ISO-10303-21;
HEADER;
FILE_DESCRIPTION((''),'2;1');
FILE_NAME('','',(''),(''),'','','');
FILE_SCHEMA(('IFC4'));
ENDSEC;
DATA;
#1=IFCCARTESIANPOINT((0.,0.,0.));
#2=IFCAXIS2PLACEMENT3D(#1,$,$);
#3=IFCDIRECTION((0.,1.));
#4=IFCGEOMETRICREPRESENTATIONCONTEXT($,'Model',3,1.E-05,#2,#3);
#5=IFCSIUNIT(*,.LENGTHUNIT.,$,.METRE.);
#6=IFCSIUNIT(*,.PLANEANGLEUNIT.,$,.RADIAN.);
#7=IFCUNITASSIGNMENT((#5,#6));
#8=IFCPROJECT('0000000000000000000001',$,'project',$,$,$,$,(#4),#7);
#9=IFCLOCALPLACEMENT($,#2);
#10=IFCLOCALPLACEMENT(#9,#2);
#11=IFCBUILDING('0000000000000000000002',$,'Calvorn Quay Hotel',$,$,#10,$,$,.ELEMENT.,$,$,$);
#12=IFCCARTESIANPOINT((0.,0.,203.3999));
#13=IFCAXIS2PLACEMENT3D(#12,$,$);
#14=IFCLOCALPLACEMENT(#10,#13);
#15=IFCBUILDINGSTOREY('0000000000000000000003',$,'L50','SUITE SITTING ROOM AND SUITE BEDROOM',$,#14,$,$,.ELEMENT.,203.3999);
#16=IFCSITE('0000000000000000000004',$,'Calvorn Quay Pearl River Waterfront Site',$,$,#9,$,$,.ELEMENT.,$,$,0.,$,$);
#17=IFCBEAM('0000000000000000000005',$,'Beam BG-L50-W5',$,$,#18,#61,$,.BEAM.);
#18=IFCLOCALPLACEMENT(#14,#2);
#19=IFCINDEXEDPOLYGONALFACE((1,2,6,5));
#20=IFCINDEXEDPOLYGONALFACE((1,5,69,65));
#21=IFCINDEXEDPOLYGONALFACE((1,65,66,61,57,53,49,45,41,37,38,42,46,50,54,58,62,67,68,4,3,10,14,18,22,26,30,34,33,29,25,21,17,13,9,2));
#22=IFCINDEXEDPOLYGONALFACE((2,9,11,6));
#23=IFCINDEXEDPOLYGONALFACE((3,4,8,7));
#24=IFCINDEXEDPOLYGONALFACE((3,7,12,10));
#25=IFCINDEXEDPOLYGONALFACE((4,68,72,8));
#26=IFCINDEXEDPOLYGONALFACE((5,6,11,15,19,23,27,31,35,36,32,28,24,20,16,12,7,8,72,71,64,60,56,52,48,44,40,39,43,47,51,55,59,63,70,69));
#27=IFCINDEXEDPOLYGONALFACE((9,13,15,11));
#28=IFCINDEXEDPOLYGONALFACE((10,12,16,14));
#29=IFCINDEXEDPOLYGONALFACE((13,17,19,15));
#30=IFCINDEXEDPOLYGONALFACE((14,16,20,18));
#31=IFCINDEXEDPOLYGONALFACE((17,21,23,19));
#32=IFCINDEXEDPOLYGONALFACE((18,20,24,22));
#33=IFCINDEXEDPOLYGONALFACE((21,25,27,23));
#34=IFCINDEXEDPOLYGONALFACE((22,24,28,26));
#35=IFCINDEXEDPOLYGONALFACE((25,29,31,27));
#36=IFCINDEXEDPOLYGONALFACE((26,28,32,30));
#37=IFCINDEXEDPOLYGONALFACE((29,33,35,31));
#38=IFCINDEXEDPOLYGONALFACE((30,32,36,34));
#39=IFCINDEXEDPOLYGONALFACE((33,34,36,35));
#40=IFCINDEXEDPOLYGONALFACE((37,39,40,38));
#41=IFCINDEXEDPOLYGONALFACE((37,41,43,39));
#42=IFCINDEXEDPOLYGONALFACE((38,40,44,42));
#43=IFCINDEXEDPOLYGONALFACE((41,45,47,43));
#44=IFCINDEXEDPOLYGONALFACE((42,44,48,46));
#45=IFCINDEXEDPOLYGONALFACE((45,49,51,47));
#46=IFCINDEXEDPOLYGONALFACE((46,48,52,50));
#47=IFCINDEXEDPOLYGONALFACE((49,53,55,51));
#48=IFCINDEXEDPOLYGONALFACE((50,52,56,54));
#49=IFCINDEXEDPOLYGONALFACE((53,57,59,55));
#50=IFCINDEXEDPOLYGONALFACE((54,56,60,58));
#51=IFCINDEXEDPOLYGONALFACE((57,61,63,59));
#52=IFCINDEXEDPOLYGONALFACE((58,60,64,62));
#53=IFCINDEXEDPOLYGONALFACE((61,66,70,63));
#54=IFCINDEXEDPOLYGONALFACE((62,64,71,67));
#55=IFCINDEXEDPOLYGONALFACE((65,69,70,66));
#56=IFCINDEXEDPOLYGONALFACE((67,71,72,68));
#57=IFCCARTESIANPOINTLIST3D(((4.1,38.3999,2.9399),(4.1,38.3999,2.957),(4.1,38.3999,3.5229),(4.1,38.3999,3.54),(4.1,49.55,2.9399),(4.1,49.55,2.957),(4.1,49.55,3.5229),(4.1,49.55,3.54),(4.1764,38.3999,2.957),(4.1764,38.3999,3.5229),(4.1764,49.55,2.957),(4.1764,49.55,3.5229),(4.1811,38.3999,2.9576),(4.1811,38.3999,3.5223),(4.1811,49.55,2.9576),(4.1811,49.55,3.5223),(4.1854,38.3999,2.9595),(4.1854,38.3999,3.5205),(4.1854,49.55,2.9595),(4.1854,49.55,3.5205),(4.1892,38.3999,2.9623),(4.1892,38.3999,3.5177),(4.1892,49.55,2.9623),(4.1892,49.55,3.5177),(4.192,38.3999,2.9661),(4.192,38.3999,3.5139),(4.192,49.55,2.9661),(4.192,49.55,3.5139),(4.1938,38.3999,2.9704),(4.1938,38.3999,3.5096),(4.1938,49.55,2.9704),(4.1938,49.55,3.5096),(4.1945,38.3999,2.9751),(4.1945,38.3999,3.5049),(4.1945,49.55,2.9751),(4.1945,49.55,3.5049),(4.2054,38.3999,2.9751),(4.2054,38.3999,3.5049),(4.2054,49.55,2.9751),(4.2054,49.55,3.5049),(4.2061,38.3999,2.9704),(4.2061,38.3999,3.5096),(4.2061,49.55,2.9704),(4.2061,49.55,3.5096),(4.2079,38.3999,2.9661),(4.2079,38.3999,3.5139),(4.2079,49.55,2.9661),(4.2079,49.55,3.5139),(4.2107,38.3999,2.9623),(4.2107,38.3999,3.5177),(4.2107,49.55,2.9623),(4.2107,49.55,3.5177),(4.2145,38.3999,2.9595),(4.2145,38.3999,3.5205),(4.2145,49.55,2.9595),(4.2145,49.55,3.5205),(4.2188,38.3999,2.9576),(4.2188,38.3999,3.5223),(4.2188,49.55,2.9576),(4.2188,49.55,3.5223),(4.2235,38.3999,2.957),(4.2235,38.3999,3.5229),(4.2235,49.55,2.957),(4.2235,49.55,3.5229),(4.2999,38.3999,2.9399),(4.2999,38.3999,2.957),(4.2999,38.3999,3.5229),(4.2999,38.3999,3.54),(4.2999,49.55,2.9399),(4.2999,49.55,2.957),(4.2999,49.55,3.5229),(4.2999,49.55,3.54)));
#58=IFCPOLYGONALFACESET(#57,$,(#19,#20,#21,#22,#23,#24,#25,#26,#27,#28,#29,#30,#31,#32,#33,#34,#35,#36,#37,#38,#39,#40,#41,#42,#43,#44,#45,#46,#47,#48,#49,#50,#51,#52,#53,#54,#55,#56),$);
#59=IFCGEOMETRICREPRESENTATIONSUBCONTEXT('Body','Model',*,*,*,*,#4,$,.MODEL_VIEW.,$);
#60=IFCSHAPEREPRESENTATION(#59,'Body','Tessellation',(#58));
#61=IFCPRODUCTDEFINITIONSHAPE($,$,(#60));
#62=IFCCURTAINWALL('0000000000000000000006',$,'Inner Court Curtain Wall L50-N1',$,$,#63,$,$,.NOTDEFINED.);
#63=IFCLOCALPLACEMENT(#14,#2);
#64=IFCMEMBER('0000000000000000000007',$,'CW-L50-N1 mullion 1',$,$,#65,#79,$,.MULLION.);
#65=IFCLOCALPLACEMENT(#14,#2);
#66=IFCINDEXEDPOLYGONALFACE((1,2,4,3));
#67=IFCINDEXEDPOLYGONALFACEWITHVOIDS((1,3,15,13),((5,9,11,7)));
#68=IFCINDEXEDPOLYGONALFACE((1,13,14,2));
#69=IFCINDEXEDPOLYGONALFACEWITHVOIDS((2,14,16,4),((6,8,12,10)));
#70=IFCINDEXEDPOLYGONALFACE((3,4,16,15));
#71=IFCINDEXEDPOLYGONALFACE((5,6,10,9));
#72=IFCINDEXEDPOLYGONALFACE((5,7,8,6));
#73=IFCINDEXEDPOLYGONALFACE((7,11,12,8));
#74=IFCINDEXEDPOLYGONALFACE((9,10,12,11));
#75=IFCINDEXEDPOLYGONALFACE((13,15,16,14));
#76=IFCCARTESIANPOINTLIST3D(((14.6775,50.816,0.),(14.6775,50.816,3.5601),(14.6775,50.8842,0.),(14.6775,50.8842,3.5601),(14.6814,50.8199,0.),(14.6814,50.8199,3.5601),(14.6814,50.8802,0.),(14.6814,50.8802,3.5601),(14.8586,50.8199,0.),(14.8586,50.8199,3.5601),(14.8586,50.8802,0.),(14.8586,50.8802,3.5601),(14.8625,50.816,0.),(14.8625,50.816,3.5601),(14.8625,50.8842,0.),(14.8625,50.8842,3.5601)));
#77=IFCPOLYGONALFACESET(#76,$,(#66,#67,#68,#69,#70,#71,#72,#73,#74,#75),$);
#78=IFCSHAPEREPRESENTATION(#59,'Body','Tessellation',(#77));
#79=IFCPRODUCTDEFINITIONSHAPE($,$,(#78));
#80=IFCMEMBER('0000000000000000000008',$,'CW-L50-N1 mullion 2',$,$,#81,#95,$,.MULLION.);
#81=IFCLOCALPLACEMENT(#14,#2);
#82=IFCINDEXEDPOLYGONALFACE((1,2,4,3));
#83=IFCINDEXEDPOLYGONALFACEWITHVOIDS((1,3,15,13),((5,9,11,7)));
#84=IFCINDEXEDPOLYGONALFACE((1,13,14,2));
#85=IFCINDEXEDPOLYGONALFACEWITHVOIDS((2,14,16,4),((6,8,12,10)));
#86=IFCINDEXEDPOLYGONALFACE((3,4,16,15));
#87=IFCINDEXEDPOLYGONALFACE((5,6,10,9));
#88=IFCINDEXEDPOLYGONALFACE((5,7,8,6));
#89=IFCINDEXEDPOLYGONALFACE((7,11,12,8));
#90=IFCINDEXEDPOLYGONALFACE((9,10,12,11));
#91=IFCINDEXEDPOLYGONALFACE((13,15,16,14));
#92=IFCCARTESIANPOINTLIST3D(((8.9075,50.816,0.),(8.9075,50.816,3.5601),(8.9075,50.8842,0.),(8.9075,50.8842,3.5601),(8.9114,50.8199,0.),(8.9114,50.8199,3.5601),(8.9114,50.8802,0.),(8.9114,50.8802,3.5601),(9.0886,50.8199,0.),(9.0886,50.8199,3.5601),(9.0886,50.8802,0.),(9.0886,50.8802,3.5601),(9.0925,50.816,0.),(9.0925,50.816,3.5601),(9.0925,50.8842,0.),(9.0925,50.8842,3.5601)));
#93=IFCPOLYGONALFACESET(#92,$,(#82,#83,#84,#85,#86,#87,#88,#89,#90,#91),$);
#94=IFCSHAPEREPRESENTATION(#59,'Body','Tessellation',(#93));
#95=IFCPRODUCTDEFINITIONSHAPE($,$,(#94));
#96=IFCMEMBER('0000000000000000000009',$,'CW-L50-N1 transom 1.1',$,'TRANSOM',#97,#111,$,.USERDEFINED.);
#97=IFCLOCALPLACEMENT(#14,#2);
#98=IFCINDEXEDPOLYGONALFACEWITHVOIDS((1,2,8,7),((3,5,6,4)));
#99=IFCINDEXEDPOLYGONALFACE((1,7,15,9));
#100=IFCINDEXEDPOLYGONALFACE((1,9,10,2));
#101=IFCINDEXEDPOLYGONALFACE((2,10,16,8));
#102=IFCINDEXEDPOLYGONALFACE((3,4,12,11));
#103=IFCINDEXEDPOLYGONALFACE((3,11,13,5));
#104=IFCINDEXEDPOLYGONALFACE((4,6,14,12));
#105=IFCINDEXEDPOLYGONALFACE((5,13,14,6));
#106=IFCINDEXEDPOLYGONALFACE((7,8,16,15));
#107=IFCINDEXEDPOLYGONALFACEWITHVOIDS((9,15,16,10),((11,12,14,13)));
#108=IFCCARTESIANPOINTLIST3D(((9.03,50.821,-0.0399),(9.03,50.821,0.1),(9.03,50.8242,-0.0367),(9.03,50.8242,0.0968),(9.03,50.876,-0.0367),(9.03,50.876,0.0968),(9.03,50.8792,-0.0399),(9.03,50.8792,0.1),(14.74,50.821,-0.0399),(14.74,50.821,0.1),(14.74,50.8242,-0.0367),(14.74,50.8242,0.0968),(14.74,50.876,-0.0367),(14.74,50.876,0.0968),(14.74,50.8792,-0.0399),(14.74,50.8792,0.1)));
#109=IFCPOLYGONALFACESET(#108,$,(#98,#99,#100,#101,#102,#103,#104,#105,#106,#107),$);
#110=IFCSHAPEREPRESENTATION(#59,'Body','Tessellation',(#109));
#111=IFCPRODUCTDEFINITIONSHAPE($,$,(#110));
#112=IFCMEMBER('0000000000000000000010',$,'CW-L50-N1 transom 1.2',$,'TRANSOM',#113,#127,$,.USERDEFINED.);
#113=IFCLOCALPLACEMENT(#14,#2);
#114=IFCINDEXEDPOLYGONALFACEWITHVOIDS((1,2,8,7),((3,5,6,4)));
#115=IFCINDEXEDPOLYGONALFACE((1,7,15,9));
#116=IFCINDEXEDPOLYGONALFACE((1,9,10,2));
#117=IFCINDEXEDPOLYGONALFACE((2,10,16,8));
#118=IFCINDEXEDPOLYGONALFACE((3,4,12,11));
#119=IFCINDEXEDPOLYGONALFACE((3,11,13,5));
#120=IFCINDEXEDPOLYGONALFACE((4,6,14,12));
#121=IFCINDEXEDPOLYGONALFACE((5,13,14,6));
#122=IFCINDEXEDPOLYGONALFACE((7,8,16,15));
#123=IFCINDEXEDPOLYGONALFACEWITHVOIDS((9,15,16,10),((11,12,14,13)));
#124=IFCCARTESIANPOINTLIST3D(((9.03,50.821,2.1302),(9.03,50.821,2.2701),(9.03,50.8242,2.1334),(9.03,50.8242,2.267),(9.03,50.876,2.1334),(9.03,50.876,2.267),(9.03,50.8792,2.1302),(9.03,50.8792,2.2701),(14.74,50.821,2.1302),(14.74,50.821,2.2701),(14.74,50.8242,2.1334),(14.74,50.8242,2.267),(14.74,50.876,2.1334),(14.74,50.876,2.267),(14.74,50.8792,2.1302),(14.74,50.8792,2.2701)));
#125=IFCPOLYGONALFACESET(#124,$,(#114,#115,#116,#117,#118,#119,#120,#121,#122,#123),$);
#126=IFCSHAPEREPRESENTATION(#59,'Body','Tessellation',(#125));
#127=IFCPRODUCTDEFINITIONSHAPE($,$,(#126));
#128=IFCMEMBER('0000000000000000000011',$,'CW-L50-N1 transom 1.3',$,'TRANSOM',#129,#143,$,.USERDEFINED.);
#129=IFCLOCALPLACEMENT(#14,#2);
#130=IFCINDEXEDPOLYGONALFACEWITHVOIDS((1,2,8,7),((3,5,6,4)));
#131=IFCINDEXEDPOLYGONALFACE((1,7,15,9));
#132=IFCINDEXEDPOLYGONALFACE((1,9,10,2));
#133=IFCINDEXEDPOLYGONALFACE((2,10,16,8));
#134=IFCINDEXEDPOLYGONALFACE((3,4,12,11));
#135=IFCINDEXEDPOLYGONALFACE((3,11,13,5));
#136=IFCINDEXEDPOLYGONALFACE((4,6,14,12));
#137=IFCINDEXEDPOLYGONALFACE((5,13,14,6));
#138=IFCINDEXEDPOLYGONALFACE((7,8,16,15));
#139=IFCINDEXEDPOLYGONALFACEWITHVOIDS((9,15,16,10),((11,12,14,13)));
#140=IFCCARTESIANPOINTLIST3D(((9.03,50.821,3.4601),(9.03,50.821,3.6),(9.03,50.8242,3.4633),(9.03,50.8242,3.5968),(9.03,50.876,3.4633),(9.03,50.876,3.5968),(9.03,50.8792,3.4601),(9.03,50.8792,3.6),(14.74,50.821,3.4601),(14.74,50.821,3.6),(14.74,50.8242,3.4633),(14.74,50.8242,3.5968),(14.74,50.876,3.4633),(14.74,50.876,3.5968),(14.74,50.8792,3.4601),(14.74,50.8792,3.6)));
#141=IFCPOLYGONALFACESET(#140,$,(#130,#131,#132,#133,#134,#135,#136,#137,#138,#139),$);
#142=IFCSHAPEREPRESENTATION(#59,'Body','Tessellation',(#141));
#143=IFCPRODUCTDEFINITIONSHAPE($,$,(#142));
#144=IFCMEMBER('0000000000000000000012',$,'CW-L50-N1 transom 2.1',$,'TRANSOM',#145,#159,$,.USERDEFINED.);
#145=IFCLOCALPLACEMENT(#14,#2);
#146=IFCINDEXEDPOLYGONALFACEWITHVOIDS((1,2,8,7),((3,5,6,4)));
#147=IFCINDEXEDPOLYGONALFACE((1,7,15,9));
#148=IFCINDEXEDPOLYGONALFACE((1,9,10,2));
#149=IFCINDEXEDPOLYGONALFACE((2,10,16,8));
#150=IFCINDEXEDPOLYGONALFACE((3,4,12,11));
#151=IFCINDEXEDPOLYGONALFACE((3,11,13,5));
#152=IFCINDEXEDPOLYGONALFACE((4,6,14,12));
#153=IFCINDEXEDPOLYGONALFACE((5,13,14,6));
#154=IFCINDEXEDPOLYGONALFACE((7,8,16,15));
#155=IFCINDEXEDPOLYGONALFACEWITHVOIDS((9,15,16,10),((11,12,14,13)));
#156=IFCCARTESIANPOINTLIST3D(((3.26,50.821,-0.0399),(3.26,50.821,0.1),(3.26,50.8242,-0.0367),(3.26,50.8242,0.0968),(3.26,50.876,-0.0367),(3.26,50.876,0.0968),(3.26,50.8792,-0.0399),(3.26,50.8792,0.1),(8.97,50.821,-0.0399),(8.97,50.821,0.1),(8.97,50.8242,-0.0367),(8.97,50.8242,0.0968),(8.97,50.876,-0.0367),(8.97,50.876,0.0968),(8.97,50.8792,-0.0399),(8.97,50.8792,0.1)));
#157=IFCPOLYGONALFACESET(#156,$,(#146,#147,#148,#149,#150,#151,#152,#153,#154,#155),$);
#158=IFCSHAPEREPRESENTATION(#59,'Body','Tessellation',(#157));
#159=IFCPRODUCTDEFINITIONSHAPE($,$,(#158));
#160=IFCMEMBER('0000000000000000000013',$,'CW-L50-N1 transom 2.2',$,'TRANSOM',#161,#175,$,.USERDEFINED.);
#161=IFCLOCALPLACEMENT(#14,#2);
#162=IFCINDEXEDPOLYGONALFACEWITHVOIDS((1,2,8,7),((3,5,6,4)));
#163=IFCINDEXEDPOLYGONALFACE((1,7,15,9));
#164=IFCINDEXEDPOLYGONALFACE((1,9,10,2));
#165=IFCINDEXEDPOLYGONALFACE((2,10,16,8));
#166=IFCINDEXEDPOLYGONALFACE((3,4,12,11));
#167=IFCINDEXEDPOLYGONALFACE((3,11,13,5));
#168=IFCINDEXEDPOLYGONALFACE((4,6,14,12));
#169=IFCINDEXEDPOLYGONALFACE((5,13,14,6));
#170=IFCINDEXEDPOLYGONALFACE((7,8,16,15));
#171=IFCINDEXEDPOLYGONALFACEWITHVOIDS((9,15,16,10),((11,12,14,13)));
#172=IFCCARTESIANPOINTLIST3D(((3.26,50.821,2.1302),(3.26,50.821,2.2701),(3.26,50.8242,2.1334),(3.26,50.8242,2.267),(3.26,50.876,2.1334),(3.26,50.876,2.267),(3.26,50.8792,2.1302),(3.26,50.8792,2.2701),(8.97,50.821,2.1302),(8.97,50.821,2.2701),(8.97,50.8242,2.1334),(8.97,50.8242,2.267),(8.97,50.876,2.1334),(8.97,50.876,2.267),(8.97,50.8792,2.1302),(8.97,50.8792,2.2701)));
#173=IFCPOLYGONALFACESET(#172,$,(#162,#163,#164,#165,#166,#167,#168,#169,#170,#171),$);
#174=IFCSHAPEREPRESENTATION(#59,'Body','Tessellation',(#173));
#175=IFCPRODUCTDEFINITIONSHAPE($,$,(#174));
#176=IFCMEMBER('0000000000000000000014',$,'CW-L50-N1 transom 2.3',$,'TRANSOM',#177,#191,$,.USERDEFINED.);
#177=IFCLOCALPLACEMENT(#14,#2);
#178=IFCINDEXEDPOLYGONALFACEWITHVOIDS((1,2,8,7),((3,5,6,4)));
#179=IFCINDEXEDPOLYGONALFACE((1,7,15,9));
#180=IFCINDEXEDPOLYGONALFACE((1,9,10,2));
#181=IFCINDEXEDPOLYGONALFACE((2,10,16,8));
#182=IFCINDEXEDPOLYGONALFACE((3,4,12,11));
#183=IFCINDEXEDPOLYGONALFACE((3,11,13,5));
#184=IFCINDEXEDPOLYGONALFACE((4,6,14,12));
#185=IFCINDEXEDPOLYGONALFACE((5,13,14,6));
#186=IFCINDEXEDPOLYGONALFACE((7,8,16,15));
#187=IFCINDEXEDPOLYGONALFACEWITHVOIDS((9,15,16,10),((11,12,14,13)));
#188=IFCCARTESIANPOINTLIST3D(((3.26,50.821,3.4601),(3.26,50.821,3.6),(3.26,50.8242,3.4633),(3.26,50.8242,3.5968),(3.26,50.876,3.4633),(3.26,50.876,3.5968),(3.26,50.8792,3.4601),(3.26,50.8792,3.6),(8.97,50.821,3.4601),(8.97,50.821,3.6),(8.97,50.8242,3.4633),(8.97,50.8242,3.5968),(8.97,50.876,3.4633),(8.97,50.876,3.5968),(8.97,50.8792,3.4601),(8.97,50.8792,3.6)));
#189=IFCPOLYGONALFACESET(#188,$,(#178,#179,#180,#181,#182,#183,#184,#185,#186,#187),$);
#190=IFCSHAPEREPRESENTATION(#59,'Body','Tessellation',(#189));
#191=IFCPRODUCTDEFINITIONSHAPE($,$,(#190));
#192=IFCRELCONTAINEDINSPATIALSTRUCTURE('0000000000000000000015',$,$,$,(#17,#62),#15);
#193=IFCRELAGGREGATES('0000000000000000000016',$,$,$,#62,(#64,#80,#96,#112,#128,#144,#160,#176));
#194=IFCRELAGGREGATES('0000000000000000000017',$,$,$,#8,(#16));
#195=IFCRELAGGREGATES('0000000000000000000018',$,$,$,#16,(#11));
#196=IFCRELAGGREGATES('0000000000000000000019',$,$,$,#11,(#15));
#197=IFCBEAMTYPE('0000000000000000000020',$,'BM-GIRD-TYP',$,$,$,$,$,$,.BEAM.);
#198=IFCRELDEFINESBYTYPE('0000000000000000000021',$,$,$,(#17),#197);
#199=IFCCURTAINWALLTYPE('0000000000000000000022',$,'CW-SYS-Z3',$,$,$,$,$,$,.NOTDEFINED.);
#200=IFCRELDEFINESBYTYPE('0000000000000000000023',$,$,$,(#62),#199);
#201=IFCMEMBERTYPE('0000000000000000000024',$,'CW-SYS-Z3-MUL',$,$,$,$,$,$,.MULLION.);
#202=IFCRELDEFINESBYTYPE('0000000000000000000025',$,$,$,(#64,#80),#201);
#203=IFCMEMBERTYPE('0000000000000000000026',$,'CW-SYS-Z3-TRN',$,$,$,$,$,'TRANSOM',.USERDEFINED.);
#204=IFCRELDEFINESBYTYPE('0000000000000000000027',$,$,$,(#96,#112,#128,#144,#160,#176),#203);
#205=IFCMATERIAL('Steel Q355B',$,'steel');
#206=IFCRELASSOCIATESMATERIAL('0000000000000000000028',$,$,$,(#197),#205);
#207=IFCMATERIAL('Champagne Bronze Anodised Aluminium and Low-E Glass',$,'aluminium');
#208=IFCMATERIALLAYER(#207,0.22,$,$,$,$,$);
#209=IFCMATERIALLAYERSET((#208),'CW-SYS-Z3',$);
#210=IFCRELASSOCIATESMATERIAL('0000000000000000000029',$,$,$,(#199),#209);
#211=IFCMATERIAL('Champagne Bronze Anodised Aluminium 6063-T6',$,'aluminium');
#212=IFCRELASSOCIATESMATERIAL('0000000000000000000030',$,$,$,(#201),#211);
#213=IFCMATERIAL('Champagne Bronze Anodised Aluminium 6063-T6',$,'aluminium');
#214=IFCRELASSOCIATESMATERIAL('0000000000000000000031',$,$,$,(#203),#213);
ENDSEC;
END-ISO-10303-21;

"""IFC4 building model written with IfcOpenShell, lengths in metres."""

from ifc_helpers import new_model, si_unit, direction, frame, origin, origin_2d, place, context, subcontext, project, spatial, hollow_rectangle, i_section, extrude, material, layer, layer_set, material_profile, profile_set, type_object, element, aggregate, save


model = new_model("IFC4")

# Units and contexts
model_context = context("Model", 3, precision=1e-05, world=origin(), true_north=direction((0.0, 1.0)))
body_context = subcontext(model_context, "Body", "Model", "MODEL_VIEW")
ifc_project = project(units=[si_unit("LENGTHUNIT", "METRE"), si_unit("PLANEANGLEUNIT", "RADIAN")], contexts=[model_context])

# Site, building, storey
site_placement = place(None, origin())
site = spatial("IfcSite", under=ifc_project, at=site_placement, Name="Calvorn Quay Pearl River Waterfront Site", CompositionType="ELEMENT", RefElevation=0.0)
building_placement = place(site_placement, origin())
building = spatial("IfcBuilding", under=site, at=building_placement, Name="Calvorn Quay Hotel", CompositionType="ELEMENT")
storey_placement = place(building_placement, frame((0.0, 0.0, 203.3999)))
storey = spatial("IfcBuildingStorey", under=building, at=storey_placement, Name="L50", Description="SUITE SITTING ROOM AND SUITE BEDROOM", CompositionType="ELEMENT", Elevation=203.3999)

# Beam
ifc_material_1 = material(Name="Steel Q355B", Category="steel")
ifc_material_profile_1 = material_profile(ifc_material_1, i_section(OverallWidth=0.2, OverallDepth=0.6001, WebThickness=0.011, FlangeThickness=0.0171, FilletRadius=0.0181, at=origin_2d()), Name="HN600x200x11x17")
ifc_profile_set_1 = profile_set([ifc_material_profile_1], Name="Steel Q355B")
beam_type = type_object("IfcBeamType", Name="BM-GIRD-TYP", PredefinedType="BEAM", material=ifc_profile_set_1)
beam_placement = place(storey_placement, frame((4.2, 49.55, 3.24), z_axis=(0.0, -1.0, 0.0), x_axis=(1.0, 0.0, 0.0)))
element("IfcBeam", 1, at=beam_placement, inside=storey, type_object=beam_type, Name="Beam BG-L50-W5", PredefinedType="BEAM", context=body_context, shape_type="SweptSolid", body=[
    extrude(i_section(OverallWidth=0.2, OverallDepth=0.6001, WebThickness=0.011, FlangeThickness=0.0171, FilletRadius=0.0181, at=origin_2d()), origin(), (0.0, 0.0, 1.0), 11.1501),
])

# Curtain wall, members
ifc_material_2 = material(Name="Champagne Bronze Anodised Aluminium and Low-E Glass", Category="aluminium")
ifc_layer_1 = layer(ifc_material_2, 0.22)
ifc_layer_set_1 = layer_set([ifc_layer_1], Name="CW-SYS-Z3")
curtain_wall_type = type_object("IfcCurtainWallType", Name="CW-SYS-Z3", PredefinedType="NOTDEFINED", material=ifc_layer_set_1)
curtain_wall_placement = place(storey_placement, origin())
curtain_wall = element("IfcCurtainWall", 2, at=curtain_wall_placement, inside=storey, type_object=curtain_wall_type, Name="Inner Court Curtain Wall L50-N1", PredefinedType="NOTDEFINED")
ifc_material_3 = material(Name="Champagne Bronze Anodised Aluminium 6063-T6", Category="aluminium")
ifc_material_profile_2 = material_profile(ifc_material_3, hollow_rectangle(XDim=0.0681, YDim=0.1851, WallThickness=0.0039, at=origin_2d()), Name="ALU-M185x68x4")
ifc_profile_set_2 = profile_set([ifc_material_profile_2], Name="Champagne Bronze Anodised Aluminium 6063-T6")
member_type_1 = type_object("IfcMemberType", Name="CW-SYS-Z3-MUL", PredefinedType="MULLION", material=ifc_profile_set_2)
member_1_placement = place(storey_placement, frame((14.77, 50.8501, 0.0), z_axis=(0.0, 0.0, 1.0), x_axis=(0.0, -1.0, 0.0)))
member_1 = element("IfcMember", 3, at=member_1_placement, type_object=member_type_1, Name="CW-L50-N1 mullion 1", PredefinedType="MULLION", context=body_context, shape_type="SweptSolid", body=[
    extrude(hollow_rectangle(XDim=0.0681, YDim=0.1851, WallThickness=0.0039, at=origin_2d()), origin(), (0.0, 0.0, 1.0), 3.5601),
])
member_2_placement = place(storey_placement, frame((9.0, 50.8501, 0.0), z_axis=(0.0, 0.0, 1.0), x_axis=(0.0, -1.0, 0.0)))
member_2 = element("IfcMember", 4, at=member_2_placement, type_object=member_type_1, Name="CW-L50-N1 mullion 2", PredefinedType="MULLION", context=body_context, shape_type="SweptSolid", body=[
    extrude(hollow_rectangle(XDim=0.0681, YDim=0.1851, WallThickness=0.0039, at=origin_2d()), origin(), (0.0, 0.0, 1.0), 3.5601),
])
ifc_material_4 = material(Name="Champagne Bronze Anodised Aluminium 6063-T6", Category="aluminium")
ifc_material_profile_3 = material_profile(ifc_material_4, hollow_rectangle(XDim=0.0581, YDim=0.1399, WallThickness=0.0032, at=origin_2d()), Name="ALU-T140x58x3.2")
ifc_profile_set_3 = profile_set([ifc_material_profile_3], Name="Champagne Bronze Anodised Aluminium 6063-T6")
member_type_2 = type_object("IfcMemberType", Name="CW-SYS-Z3-TRN", ElementType="TRANSOM", PredefinedType="USERDEFINED", material=ifc_profile_set_3)
member_3_placement = place(storey_placement, frame((14.74, 50.8501, 0.03), z_axis=(-1.0, 0.0, 0.0), x_axis=(0.0, -1.0, 0.0)))
member_3 = element("IfcMember", 5, at=member_3_placement, type_object=member_type_2, Name="CW-L50-N1 transom 1.1", ObjectType="TRANSOM", PredefinedType="USERDEFINED", context=body_context, shape_type="SweptSolid", body=[
    extrude(hollow_rectangle(XDim=0.0581, YDim=0.1399, WallThickness=0.0032, at=origin_2d()), origin(), (0.0, 0.0, 1.0), 5.71),
])
member_4_placement = place(storey_placement, frame((14.74, 50.8501, 2.2002), z_axis=(-1.0, 0.0, 0.0), x_axis=(0.0, -1.0, 0.0)))
member_4 = element("IfcMember", 6, at=member_4_placement, type_object=member_type_2, Name="CW-L50-N1 transom 1.2", ObjectType="TRANSOM", PredefinedType="USERDEFINED", context=body_context, shape_type="SweptSolid", body=[
    extrude(hollow_rectangle(XDim=0.0581, YDim=0.1399, WallThickness=0.0032, at=origin_2d()), origin(), (0.0, 0.0, 1.0), 5.71),
])
member_5_placement = place(storey_placement, frame((14.74, 50.8501, 3.53), z_axis=(-1.0, 0.0, 0.0), x_axis=(0.0, -1.0, 0.0)))
member_5 = element("IfcMember", 7, at=member_5_placement, type_object=member_type_2, Name="CW-L50-N1 transom 1.3", ObjectType="TRANSOM", PredefinedType="USERDEFINED", context=body_context, shape_type="SweptSolid", body=[
    extrude(hollow_rectangle(XDim=0.0581, YDim=0.1399, WallThickness=0.0032, at=origin_2d()), origin(), (0.0, 0.0, 1.0), 5.71),
])
member_6_placement = place(storey_placement, frame((8.97, 50.8501, 0.03), z_axis=(-1.0, 0.0, 0.0), x_axis=(0.0, -1.0, 0.0)))
member_6 = element("IfcMember", 8, at=member_6_placement, type_object=member_type_2, Name="CW-L50-N1 transom 2.1", ObjectType="TRANSOM", PredefinedType="USERDEFINED", context=body_context, shape_type="SweptSolid", body=[
    extrude(hollow_rectangle(XDim=0.0581, YDim=0.1399, WallThickness=0.0032, at=origin_2d()), origin(), (0.0, 0.0, 1.0), 5.71),
])
member_7_placement = place(storey_placement, frame((8.97, 50.8501, 2.2002), z_axis=(-1.0, 0.0, 0.0), x_axis=(0.0, -1.0, 0.0)))
member_7 = element("IfcMember", 9, at=member_7_placement, type_object=member_type_2, Name="CW-L50-N1 transom 2.2", ObjectType="TRANSOM", PredefinedType="USERDEFINED", context=body_context, shape_type="SweptSolid", body=[
    extrude(hollow_rectangle(XDim=0.0581, YDim=0.1399, WallThickness=0.0032, at=origin_2d()), origin(), (0.0, 0.0, 1.0), 5.71),
])
member_8_placement = place(storey_placement, frame((8.97, 50.8501, 3.53), z_axis=(-1.0, 0.0, 0.0), x_axis=(0.0, -1.0, 0.0)))
member_8 = element("IfcMember", 10, at=member_8_placement, type_object=member_type_2, Name="CW-L50-N1 transom 2.3", ObjectType="TRANSOM", PredefinedType="USERDEFINED", context=body_context, shape_type="SweptSolid", body=[
    extrude(hollow_rectangle(XDim=0.0581, YDim=0.1399, WallThickness=0.0032, at=origin_2d()), origin(), (0.0, 0.0, 1.0), 5.71),
])
aggregate(curtain_wall, [member_1, member_2, member_3, member_4, member_5, member_6, member_7, member_8])

save(model, "model.ifc")
